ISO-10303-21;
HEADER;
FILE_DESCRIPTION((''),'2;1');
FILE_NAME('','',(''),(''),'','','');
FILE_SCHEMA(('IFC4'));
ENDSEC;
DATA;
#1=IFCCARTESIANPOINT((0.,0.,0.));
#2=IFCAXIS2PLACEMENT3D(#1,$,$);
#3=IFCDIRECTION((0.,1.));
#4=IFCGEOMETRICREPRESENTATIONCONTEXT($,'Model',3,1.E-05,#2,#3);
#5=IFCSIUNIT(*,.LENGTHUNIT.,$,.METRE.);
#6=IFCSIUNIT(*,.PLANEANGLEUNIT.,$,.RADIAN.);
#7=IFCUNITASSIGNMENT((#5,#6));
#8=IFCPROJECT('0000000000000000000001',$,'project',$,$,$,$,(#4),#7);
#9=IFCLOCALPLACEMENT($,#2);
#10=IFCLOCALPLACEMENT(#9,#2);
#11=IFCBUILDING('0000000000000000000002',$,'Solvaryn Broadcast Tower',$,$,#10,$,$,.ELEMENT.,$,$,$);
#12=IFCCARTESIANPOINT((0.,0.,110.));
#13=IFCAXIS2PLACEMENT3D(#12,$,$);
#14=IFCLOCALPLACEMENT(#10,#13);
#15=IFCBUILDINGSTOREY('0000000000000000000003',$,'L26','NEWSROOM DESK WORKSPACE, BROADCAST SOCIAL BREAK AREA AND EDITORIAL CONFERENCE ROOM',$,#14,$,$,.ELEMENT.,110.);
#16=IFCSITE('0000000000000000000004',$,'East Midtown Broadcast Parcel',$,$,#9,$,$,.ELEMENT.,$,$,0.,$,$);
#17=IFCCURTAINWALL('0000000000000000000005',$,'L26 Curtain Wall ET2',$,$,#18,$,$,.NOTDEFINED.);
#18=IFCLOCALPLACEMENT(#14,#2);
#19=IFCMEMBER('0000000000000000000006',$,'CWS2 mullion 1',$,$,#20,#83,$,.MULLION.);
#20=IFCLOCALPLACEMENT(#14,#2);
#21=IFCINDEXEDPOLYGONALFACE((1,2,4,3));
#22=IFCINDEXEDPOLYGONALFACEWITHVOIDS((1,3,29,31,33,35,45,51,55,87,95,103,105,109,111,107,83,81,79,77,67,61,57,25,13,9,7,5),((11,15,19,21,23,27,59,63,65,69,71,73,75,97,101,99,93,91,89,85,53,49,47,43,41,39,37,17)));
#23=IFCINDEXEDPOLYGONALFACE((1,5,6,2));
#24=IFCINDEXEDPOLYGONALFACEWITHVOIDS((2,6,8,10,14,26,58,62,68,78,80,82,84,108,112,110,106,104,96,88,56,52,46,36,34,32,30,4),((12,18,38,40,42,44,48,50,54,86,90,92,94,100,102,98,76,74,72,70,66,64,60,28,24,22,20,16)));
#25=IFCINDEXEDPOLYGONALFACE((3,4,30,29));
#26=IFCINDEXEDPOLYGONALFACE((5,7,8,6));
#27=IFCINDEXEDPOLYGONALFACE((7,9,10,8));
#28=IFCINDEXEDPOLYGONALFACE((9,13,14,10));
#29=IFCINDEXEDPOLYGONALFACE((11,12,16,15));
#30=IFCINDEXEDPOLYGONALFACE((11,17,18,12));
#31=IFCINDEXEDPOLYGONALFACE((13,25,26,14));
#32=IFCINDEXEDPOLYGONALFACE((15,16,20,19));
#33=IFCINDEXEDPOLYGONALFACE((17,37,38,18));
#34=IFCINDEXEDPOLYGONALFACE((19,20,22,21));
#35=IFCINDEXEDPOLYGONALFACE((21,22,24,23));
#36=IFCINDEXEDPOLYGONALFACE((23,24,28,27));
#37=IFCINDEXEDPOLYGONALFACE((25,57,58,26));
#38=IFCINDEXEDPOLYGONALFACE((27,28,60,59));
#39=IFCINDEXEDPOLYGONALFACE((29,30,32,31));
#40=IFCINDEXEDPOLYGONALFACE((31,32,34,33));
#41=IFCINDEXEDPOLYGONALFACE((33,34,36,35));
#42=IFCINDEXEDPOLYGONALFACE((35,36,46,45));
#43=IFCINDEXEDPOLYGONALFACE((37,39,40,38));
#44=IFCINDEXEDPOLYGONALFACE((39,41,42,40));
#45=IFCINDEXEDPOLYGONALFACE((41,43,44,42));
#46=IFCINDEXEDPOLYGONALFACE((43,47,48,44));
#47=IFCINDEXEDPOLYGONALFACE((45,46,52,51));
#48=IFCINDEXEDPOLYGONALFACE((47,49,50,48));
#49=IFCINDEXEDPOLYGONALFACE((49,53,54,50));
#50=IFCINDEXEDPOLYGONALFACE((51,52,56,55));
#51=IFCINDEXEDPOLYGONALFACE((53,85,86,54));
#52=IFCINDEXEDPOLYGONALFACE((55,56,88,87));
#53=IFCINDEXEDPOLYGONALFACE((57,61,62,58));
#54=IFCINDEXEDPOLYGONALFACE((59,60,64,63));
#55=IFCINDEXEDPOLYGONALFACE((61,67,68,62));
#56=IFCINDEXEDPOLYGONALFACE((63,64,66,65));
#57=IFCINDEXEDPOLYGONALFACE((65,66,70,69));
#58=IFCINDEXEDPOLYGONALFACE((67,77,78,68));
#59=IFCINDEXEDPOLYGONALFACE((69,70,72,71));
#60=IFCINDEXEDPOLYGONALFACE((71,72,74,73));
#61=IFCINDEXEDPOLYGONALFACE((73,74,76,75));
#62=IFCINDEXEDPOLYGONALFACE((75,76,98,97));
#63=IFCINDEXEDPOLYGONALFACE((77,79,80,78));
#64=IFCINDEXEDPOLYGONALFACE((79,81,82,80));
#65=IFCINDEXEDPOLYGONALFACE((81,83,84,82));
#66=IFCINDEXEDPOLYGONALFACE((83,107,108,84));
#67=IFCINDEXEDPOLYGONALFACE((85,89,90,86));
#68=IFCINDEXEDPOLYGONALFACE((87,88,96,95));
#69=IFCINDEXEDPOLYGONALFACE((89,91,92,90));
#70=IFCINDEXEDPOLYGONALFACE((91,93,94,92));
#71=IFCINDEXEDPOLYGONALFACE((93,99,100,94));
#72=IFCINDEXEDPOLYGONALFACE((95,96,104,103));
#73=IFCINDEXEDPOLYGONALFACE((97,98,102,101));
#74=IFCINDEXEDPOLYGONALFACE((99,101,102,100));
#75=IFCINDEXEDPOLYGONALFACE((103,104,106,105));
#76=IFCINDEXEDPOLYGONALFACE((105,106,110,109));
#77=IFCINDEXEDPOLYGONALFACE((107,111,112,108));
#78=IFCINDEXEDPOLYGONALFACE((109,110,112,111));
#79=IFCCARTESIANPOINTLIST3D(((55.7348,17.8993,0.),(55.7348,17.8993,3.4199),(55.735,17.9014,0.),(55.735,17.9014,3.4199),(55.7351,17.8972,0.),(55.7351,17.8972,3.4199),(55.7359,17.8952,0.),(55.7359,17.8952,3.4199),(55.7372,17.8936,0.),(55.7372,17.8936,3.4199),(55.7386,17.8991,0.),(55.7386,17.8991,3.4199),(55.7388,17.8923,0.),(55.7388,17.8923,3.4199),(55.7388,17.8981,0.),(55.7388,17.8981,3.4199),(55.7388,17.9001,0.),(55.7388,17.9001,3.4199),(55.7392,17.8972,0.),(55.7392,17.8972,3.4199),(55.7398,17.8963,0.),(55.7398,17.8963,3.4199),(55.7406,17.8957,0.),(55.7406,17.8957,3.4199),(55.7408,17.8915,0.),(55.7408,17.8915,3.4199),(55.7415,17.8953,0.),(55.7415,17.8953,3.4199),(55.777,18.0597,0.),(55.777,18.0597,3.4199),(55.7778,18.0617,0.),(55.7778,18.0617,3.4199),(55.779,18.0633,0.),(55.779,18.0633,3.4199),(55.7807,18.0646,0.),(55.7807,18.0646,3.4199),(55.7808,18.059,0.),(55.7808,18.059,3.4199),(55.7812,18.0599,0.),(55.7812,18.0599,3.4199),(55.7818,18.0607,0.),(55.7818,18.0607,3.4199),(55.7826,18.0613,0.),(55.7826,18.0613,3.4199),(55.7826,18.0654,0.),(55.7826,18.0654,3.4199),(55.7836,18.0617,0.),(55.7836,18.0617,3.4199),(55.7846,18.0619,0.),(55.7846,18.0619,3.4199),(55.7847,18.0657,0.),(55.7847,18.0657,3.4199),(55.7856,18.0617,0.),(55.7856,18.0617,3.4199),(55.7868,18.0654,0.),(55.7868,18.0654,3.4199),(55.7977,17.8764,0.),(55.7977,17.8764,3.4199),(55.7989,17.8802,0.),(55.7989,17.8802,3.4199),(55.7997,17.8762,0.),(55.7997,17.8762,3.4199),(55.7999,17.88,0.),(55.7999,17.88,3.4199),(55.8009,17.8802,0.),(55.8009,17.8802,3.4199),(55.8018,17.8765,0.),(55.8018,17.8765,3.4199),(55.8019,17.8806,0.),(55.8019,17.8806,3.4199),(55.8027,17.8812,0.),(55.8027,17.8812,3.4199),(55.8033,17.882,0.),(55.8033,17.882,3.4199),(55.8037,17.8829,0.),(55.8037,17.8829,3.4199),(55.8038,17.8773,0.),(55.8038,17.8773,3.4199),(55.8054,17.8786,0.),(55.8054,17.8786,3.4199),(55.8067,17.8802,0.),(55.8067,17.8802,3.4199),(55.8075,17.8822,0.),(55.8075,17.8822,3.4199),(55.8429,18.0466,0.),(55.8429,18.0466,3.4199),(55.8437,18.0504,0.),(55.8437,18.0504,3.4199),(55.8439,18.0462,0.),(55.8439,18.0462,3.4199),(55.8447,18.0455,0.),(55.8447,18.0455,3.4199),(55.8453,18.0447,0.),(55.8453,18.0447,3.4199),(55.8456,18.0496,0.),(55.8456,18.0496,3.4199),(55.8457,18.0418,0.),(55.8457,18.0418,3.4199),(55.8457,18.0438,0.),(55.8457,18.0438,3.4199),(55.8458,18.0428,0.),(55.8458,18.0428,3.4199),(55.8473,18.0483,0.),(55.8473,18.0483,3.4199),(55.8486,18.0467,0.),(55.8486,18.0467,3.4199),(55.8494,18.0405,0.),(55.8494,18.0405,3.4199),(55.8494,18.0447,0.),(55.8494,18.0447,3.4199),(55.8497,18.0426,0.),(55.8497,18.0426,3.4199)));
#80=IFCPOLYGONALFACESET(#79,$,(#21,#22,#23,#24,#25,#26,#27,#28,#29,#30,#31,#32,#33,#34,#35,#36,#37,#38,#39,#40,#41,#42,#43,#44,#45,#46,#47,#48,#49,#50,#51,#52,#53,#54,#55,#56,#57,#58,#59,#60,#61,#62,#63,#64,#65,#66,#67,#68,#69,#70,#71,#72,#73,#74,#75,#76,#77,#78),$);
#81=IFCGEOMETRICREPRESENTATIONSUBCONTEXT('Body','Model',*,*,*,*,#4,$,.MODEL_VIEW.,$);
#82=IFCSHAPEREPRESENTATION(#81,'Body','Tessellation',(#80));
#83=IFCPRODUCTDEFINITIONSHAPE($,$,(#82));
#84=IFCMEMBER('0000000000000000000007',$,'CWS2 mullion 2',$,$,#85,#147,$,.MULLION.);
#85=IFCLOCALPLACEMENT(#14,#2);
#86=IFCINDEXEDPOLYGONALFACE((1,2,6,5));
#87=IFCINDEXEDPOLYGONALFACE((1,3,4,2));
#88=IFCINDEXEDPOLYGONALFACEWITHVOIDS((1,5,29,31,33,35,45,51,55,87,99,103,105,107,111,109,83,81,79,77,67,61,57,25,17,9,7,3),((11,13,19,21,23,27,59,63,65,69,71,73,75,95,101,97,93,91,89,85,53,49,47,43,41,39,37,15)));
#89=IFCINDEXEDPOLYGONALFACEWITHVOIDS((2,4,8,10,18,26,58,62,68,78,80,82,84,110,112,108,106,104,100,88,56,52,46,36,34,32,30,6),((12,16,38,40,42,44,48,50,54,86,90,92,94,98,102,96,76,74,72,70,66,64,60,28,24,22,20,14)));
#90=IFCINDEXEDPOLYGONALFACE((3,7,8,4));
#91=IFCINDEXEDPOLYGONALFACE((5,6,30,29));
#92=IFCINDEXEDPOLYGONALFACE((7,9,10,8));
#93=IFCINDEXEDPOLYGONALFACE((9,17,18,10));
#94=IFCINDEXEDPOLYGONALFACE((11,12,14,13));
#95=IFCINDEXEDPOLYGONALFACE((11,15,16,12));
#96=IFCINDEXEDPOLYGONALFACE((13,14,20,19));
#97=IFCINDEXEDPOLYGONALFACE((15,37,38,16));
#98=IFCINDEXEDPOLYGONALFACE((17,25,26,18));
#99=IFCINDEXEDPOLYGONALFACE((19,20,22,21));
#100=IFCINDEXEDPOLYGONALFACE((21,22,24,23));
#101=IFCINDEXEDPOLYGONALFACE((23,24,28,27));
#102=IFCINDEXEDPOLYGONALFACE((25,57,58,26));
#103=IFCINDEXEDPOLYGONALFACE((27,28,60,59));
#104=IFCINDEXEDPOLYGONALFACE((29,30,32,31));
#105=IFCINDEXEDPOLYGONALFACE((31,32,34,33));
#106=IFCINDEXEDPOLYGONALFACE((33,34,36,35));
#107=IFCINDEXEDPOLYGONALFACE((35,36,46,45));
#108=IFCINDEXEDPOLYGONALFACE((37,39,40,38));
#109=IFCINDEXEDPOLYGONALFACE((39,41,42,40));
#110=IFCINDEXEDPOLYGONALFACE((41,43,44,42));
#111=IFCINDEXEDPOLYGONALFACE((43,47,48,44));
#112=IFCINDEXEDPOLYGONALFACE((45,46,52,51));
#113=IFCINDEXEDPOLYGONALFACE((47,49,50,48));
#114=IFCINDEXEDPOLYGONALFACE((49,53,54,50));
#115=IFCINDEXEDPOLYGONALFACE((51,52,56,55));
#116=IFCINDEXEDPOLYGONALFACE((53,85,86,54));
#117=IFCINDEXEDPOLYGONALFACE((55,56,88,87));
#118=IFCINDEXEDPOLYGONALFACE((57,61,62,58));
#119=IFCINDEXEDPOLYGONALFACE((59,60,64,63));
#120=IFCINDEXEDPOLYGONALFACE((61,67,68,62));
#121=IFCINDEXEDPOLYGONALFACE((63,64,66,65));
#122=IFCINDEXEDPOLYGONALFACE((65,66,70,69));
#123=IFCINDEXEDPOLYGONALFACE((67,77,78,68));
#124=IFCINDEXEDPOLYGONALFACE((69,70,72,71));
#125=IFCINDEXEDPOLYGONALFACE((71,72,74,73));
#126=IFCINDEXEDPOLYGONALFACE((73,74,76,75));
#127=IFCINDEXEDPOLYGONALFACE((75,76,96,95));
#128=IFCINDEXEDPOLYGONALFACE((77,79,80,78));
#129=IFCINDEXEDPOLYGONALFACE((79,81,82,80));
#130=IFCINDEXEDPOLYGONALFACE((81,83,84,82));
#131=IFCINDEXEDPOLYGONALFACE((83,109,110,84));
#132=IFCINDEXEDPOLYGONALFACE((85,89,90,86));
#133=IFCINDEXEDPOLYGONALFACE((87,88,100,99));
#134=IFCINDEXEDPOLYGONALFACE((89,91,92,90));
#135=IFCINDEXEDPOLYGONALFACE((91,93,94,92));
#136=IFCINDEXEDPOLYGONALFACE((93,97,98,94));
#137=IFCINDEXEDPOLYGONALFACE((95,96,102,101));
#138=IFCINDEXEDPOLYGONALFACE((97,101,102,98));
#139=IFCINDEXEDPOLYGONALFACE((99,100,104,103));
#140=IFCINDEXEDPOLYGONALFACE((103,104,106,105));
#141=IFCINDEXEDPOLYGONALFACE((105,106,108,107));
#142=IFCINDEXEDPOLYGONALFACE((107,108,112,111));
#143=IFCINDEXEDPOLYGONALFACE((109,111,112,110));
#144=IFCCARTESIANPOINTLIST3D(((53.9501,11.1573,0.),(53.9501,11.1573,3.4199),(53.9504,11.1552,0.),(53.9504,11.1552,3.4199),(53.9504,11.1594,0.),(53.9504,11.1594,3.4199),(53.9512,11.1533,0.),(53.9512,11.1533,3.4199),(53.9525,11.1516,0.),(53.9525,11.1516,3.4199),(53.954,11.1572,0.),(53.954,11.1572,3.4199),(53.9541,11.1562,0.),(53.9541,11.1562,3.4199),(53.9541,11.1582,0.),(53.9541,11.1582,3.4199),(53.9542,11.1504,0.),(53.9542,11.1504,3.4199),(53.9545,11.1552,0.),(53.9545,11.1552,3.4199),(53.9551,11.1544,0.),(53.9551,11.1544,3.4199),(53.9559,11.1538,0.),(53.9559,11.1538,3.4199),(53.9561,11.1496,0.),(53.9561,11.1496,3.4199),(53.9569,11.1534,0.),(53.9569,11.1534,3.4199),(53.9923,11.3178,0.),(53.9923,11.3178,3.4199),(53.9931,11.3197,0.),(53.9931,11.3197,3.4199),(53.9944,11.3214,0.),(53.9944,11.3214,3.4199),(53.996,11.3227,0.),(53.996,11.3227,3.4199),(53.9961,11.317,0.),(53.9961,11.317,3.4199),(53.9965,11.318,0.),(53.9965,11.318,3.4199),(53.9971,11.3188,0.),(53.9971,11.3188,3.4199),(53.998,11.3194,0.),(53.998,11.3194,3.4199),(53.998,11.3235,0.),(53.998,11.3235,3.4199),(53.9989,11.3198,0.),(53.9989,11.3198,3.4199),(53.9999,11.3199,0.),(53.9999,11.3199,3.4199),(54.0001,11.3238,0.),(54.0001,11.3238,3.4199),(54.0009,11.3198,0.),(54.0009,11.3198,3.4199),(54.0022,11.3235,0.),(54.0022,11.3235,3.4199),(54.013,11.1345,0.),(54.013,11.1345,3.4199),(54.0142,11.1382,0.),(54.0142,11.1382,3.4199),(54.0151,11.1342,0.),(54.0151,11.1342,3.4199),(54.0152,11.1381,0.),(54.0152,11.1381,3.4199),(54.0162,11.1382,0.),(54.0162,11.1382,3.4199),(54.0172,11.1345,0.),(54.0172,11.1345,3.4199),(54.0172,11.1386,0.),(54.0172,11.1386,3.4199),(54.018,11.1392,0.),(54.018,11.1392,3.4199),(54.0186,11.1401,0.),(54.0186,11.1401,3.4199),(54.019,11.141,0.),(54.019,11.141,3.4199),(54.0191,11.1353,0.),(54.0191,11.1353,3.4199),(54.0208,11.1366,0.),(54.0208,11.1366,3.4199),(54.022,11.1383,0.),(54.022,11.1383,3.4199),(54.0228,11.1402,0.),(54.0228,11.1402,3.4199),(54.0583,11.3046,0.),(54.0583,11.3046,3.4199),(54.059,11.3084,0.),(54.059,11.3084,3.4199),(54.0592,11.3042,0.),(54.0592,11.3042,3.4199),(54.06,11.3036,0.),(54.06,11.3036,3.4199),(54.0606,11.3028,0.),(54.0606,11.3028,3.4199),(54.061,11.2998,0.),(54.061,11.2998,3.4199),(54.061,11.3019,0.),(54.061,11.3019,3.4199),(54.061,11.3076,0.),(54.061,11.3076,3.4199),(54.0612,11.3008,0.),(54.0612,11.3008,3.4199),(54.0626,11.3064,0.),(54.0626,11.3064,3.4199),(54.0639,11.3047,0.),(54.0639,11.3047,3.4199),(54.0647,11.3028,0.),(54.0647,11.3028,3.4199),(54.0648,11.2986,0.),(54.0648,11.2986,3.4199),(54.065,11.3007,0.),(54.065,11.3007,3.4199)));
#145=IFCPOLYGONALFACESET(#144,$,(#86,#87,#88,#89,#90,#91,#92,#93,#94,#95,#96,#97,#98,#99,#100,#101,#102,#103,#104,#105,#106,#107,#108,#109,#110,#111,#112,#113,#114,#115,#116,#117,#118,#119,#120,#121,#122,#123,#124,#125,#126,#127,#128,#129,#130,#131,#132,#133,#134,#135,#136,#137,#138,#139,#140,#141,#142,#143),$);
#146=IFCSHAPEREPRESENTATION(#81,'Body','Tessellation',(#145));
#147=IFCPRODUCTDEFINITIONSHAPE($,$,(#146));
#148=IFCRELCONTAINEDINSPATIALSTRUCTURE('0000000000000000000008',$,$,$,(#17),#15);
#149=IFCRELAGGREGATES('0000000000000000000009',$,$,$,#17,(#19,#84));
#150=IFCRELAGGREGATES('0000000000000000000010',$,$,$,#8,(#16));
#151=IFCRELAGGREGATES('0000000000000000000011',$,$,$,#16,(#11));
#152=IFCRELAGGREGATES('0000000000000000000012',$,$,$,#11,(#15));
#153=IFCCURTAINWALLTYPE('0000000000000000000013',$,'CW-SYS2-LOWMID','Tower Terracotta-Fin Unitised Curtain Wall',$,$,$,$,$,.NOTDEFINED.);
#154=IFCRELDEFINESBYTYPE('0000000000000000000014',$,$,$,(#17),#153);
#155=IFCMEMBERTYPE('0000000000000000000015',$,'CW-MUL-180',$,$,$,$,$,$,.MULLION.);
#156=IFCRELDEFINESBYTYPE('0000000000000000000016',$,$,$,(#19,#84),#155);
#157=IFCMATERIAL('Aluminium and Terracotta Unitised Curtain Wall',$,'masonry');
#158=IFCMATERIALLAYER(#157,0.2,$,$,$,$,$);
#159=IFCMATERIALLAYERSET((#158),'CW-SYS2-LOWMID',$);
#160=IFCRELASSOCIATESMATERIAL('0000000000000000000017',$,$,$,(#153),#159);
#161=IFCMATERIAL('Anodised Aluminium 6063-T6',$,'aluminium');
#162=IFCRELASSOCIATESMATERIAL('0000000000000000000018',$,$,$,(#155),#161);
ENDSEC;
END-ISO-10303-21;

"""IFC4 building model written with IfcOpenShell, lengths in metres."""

from ifc_helpers import new_model, si_unit, direction, frame, origin, origin_2d, place, context, subcontext, project, spatial, hollow_rectangle, extrude, material, layer, layer_set, material_profile, profile_set, type_object, element, aggregate, save


model = new_model("IFC4")

# Units and contexts
model_context = context("Model", 3, precision=1e-05, world=origin(), true_north=direction((0.0, 1.0)))
body_context = subcontext(model_context, "Body", "Model", "MODEL_VIEW")
ifc_project = project(units=[si_unit("LENGTHUNIT", "METRE"), si_unit("PLANEANGLEUNIT", "RADIAN")], contexts=[model_context])

# Site, building, storey
site_placement = place(None, origin())
site = spatial("IfcSite", under=ifc_project, at=site_placement, Name="East Midtown Broadcast Parcel", CompositionType="ELEMENT", RefElevation=0.0)
building_placement = place(site_placement, origin())
building = spatial("IfcBuilding", under=site, at=building_placement, Name="Solvaryn Broadcast Tower", CompositionType="ELEMENT")
storey_placement = place(building_placement, frame((0.0, 0.0, 110.0)))
storey = spatial("IfcBuildingStorey", under=building, at=storey_placement, Name="L26", Description="NEWSROOM DESK WORKSPACE, BROADCAST SOCIAL BREAK AREA AND EDITORIAL CONFERENCE ROOM", CompositionType="ELEMENT", Elevation=110.0)

# Shared definitions
ifc_material_1 = material(Name="Aluminium and Terracotta Unitised Curtain Wall", Category="masonry")
ifc_layer_1 = layer(ifc_material_1, 0.2)
ifc_layer_set_1 = layer_set([ifc_layer_1], Name="CW-SYS2-LOWMID")
curtain_wall_type = type_object("IfcCurtainWallType", Name="CW-SYS2-LOWMID", Description="Tower Terracotta-Fin Unitised Curtain Wall", PredefinedType="NOTDEFINED", material=ifc_layer_set_1)
ifc_material_2 = material(Name="Anodised Aluminium 6063-T6", Category="aluminium")
ifc_material_profile_1 = material_profile(ifc_material_2, hollow_rectangle(XDim=0.075, YDim=0.1799, WallThickness=0.0039, InnerFilletRadius=0.0039, OuterFilletRadius=0.0081, at=origin_2d()))
ifc_profile_set_1 = profile_set([ifc_material_profile_1], Name="Anodised Aluminium 6063-T6")
member_type_1 = type_object("IfcMemberType", Name="CW-MUL-180", PredefinedType="MULLION", material=ifc_profile_set_1)

# Curtain wall, members
curtain_wall_1_placement = place(storey_placement, origin())
curtain_wall_1 = element("IfcCurtainWall", 1, at=curtain_wall_1_placement, inside=storey, type_object=curtain_wall_type, Name="L26 Curtain Wall ET2", PredefinedType="NOTDEFINED")
member_1_placement = place(storey_placement, frame((55.7922, 17.9709, 0.0), z_axis=(0.0, 0.0, 1.0), x_axis=(0.966705, -0.255893, 0.0)))
member_1 = element("IfcMember", 2, at=member_1_placement, type_object=member_type_1, Name="CWS2 mullion 1", PredefinedType="MULLION", context=body_context, shape_type="SweptSolid", body=[
    extrude(hollow_rectangle(XDim=0.075, YDim=0.1799, WallThickness=0.0039, InnerFilletRadius=0.0039, OuterFilletRadius=0.0081, at=origin_2d()), origin(), (0.0, 0.0, 1.0), 3.4199),
])
member_2_placement = place(storey_placement, frame((54.0076, 11.229, 0.0), z_axis=(0.0, 0.0, 1.0), x_axis=(0.966705, -0.255893, 0.0)))
member_2 = element("IfcMember", 3, at=member_2_placement, type_object=member_type_1, Name="CWS2 mullion 2", PredefinedType="MULLION", context=body_context, shape_type="SweptSolid", body=[
    extrude(hollow_rectangle(XDim=0.075, YDim=0.1799, WallThickness=0.0039, InnerFilletRadius=0.0039, OuterFilletRadius=0.0081, at=origin_2d()), origin(), (0.0, 0.0, 1.0), 3.4199),
])

aggregate(curtain_wall_1, [member_1, member_2])

save(model, "model.ifc")
